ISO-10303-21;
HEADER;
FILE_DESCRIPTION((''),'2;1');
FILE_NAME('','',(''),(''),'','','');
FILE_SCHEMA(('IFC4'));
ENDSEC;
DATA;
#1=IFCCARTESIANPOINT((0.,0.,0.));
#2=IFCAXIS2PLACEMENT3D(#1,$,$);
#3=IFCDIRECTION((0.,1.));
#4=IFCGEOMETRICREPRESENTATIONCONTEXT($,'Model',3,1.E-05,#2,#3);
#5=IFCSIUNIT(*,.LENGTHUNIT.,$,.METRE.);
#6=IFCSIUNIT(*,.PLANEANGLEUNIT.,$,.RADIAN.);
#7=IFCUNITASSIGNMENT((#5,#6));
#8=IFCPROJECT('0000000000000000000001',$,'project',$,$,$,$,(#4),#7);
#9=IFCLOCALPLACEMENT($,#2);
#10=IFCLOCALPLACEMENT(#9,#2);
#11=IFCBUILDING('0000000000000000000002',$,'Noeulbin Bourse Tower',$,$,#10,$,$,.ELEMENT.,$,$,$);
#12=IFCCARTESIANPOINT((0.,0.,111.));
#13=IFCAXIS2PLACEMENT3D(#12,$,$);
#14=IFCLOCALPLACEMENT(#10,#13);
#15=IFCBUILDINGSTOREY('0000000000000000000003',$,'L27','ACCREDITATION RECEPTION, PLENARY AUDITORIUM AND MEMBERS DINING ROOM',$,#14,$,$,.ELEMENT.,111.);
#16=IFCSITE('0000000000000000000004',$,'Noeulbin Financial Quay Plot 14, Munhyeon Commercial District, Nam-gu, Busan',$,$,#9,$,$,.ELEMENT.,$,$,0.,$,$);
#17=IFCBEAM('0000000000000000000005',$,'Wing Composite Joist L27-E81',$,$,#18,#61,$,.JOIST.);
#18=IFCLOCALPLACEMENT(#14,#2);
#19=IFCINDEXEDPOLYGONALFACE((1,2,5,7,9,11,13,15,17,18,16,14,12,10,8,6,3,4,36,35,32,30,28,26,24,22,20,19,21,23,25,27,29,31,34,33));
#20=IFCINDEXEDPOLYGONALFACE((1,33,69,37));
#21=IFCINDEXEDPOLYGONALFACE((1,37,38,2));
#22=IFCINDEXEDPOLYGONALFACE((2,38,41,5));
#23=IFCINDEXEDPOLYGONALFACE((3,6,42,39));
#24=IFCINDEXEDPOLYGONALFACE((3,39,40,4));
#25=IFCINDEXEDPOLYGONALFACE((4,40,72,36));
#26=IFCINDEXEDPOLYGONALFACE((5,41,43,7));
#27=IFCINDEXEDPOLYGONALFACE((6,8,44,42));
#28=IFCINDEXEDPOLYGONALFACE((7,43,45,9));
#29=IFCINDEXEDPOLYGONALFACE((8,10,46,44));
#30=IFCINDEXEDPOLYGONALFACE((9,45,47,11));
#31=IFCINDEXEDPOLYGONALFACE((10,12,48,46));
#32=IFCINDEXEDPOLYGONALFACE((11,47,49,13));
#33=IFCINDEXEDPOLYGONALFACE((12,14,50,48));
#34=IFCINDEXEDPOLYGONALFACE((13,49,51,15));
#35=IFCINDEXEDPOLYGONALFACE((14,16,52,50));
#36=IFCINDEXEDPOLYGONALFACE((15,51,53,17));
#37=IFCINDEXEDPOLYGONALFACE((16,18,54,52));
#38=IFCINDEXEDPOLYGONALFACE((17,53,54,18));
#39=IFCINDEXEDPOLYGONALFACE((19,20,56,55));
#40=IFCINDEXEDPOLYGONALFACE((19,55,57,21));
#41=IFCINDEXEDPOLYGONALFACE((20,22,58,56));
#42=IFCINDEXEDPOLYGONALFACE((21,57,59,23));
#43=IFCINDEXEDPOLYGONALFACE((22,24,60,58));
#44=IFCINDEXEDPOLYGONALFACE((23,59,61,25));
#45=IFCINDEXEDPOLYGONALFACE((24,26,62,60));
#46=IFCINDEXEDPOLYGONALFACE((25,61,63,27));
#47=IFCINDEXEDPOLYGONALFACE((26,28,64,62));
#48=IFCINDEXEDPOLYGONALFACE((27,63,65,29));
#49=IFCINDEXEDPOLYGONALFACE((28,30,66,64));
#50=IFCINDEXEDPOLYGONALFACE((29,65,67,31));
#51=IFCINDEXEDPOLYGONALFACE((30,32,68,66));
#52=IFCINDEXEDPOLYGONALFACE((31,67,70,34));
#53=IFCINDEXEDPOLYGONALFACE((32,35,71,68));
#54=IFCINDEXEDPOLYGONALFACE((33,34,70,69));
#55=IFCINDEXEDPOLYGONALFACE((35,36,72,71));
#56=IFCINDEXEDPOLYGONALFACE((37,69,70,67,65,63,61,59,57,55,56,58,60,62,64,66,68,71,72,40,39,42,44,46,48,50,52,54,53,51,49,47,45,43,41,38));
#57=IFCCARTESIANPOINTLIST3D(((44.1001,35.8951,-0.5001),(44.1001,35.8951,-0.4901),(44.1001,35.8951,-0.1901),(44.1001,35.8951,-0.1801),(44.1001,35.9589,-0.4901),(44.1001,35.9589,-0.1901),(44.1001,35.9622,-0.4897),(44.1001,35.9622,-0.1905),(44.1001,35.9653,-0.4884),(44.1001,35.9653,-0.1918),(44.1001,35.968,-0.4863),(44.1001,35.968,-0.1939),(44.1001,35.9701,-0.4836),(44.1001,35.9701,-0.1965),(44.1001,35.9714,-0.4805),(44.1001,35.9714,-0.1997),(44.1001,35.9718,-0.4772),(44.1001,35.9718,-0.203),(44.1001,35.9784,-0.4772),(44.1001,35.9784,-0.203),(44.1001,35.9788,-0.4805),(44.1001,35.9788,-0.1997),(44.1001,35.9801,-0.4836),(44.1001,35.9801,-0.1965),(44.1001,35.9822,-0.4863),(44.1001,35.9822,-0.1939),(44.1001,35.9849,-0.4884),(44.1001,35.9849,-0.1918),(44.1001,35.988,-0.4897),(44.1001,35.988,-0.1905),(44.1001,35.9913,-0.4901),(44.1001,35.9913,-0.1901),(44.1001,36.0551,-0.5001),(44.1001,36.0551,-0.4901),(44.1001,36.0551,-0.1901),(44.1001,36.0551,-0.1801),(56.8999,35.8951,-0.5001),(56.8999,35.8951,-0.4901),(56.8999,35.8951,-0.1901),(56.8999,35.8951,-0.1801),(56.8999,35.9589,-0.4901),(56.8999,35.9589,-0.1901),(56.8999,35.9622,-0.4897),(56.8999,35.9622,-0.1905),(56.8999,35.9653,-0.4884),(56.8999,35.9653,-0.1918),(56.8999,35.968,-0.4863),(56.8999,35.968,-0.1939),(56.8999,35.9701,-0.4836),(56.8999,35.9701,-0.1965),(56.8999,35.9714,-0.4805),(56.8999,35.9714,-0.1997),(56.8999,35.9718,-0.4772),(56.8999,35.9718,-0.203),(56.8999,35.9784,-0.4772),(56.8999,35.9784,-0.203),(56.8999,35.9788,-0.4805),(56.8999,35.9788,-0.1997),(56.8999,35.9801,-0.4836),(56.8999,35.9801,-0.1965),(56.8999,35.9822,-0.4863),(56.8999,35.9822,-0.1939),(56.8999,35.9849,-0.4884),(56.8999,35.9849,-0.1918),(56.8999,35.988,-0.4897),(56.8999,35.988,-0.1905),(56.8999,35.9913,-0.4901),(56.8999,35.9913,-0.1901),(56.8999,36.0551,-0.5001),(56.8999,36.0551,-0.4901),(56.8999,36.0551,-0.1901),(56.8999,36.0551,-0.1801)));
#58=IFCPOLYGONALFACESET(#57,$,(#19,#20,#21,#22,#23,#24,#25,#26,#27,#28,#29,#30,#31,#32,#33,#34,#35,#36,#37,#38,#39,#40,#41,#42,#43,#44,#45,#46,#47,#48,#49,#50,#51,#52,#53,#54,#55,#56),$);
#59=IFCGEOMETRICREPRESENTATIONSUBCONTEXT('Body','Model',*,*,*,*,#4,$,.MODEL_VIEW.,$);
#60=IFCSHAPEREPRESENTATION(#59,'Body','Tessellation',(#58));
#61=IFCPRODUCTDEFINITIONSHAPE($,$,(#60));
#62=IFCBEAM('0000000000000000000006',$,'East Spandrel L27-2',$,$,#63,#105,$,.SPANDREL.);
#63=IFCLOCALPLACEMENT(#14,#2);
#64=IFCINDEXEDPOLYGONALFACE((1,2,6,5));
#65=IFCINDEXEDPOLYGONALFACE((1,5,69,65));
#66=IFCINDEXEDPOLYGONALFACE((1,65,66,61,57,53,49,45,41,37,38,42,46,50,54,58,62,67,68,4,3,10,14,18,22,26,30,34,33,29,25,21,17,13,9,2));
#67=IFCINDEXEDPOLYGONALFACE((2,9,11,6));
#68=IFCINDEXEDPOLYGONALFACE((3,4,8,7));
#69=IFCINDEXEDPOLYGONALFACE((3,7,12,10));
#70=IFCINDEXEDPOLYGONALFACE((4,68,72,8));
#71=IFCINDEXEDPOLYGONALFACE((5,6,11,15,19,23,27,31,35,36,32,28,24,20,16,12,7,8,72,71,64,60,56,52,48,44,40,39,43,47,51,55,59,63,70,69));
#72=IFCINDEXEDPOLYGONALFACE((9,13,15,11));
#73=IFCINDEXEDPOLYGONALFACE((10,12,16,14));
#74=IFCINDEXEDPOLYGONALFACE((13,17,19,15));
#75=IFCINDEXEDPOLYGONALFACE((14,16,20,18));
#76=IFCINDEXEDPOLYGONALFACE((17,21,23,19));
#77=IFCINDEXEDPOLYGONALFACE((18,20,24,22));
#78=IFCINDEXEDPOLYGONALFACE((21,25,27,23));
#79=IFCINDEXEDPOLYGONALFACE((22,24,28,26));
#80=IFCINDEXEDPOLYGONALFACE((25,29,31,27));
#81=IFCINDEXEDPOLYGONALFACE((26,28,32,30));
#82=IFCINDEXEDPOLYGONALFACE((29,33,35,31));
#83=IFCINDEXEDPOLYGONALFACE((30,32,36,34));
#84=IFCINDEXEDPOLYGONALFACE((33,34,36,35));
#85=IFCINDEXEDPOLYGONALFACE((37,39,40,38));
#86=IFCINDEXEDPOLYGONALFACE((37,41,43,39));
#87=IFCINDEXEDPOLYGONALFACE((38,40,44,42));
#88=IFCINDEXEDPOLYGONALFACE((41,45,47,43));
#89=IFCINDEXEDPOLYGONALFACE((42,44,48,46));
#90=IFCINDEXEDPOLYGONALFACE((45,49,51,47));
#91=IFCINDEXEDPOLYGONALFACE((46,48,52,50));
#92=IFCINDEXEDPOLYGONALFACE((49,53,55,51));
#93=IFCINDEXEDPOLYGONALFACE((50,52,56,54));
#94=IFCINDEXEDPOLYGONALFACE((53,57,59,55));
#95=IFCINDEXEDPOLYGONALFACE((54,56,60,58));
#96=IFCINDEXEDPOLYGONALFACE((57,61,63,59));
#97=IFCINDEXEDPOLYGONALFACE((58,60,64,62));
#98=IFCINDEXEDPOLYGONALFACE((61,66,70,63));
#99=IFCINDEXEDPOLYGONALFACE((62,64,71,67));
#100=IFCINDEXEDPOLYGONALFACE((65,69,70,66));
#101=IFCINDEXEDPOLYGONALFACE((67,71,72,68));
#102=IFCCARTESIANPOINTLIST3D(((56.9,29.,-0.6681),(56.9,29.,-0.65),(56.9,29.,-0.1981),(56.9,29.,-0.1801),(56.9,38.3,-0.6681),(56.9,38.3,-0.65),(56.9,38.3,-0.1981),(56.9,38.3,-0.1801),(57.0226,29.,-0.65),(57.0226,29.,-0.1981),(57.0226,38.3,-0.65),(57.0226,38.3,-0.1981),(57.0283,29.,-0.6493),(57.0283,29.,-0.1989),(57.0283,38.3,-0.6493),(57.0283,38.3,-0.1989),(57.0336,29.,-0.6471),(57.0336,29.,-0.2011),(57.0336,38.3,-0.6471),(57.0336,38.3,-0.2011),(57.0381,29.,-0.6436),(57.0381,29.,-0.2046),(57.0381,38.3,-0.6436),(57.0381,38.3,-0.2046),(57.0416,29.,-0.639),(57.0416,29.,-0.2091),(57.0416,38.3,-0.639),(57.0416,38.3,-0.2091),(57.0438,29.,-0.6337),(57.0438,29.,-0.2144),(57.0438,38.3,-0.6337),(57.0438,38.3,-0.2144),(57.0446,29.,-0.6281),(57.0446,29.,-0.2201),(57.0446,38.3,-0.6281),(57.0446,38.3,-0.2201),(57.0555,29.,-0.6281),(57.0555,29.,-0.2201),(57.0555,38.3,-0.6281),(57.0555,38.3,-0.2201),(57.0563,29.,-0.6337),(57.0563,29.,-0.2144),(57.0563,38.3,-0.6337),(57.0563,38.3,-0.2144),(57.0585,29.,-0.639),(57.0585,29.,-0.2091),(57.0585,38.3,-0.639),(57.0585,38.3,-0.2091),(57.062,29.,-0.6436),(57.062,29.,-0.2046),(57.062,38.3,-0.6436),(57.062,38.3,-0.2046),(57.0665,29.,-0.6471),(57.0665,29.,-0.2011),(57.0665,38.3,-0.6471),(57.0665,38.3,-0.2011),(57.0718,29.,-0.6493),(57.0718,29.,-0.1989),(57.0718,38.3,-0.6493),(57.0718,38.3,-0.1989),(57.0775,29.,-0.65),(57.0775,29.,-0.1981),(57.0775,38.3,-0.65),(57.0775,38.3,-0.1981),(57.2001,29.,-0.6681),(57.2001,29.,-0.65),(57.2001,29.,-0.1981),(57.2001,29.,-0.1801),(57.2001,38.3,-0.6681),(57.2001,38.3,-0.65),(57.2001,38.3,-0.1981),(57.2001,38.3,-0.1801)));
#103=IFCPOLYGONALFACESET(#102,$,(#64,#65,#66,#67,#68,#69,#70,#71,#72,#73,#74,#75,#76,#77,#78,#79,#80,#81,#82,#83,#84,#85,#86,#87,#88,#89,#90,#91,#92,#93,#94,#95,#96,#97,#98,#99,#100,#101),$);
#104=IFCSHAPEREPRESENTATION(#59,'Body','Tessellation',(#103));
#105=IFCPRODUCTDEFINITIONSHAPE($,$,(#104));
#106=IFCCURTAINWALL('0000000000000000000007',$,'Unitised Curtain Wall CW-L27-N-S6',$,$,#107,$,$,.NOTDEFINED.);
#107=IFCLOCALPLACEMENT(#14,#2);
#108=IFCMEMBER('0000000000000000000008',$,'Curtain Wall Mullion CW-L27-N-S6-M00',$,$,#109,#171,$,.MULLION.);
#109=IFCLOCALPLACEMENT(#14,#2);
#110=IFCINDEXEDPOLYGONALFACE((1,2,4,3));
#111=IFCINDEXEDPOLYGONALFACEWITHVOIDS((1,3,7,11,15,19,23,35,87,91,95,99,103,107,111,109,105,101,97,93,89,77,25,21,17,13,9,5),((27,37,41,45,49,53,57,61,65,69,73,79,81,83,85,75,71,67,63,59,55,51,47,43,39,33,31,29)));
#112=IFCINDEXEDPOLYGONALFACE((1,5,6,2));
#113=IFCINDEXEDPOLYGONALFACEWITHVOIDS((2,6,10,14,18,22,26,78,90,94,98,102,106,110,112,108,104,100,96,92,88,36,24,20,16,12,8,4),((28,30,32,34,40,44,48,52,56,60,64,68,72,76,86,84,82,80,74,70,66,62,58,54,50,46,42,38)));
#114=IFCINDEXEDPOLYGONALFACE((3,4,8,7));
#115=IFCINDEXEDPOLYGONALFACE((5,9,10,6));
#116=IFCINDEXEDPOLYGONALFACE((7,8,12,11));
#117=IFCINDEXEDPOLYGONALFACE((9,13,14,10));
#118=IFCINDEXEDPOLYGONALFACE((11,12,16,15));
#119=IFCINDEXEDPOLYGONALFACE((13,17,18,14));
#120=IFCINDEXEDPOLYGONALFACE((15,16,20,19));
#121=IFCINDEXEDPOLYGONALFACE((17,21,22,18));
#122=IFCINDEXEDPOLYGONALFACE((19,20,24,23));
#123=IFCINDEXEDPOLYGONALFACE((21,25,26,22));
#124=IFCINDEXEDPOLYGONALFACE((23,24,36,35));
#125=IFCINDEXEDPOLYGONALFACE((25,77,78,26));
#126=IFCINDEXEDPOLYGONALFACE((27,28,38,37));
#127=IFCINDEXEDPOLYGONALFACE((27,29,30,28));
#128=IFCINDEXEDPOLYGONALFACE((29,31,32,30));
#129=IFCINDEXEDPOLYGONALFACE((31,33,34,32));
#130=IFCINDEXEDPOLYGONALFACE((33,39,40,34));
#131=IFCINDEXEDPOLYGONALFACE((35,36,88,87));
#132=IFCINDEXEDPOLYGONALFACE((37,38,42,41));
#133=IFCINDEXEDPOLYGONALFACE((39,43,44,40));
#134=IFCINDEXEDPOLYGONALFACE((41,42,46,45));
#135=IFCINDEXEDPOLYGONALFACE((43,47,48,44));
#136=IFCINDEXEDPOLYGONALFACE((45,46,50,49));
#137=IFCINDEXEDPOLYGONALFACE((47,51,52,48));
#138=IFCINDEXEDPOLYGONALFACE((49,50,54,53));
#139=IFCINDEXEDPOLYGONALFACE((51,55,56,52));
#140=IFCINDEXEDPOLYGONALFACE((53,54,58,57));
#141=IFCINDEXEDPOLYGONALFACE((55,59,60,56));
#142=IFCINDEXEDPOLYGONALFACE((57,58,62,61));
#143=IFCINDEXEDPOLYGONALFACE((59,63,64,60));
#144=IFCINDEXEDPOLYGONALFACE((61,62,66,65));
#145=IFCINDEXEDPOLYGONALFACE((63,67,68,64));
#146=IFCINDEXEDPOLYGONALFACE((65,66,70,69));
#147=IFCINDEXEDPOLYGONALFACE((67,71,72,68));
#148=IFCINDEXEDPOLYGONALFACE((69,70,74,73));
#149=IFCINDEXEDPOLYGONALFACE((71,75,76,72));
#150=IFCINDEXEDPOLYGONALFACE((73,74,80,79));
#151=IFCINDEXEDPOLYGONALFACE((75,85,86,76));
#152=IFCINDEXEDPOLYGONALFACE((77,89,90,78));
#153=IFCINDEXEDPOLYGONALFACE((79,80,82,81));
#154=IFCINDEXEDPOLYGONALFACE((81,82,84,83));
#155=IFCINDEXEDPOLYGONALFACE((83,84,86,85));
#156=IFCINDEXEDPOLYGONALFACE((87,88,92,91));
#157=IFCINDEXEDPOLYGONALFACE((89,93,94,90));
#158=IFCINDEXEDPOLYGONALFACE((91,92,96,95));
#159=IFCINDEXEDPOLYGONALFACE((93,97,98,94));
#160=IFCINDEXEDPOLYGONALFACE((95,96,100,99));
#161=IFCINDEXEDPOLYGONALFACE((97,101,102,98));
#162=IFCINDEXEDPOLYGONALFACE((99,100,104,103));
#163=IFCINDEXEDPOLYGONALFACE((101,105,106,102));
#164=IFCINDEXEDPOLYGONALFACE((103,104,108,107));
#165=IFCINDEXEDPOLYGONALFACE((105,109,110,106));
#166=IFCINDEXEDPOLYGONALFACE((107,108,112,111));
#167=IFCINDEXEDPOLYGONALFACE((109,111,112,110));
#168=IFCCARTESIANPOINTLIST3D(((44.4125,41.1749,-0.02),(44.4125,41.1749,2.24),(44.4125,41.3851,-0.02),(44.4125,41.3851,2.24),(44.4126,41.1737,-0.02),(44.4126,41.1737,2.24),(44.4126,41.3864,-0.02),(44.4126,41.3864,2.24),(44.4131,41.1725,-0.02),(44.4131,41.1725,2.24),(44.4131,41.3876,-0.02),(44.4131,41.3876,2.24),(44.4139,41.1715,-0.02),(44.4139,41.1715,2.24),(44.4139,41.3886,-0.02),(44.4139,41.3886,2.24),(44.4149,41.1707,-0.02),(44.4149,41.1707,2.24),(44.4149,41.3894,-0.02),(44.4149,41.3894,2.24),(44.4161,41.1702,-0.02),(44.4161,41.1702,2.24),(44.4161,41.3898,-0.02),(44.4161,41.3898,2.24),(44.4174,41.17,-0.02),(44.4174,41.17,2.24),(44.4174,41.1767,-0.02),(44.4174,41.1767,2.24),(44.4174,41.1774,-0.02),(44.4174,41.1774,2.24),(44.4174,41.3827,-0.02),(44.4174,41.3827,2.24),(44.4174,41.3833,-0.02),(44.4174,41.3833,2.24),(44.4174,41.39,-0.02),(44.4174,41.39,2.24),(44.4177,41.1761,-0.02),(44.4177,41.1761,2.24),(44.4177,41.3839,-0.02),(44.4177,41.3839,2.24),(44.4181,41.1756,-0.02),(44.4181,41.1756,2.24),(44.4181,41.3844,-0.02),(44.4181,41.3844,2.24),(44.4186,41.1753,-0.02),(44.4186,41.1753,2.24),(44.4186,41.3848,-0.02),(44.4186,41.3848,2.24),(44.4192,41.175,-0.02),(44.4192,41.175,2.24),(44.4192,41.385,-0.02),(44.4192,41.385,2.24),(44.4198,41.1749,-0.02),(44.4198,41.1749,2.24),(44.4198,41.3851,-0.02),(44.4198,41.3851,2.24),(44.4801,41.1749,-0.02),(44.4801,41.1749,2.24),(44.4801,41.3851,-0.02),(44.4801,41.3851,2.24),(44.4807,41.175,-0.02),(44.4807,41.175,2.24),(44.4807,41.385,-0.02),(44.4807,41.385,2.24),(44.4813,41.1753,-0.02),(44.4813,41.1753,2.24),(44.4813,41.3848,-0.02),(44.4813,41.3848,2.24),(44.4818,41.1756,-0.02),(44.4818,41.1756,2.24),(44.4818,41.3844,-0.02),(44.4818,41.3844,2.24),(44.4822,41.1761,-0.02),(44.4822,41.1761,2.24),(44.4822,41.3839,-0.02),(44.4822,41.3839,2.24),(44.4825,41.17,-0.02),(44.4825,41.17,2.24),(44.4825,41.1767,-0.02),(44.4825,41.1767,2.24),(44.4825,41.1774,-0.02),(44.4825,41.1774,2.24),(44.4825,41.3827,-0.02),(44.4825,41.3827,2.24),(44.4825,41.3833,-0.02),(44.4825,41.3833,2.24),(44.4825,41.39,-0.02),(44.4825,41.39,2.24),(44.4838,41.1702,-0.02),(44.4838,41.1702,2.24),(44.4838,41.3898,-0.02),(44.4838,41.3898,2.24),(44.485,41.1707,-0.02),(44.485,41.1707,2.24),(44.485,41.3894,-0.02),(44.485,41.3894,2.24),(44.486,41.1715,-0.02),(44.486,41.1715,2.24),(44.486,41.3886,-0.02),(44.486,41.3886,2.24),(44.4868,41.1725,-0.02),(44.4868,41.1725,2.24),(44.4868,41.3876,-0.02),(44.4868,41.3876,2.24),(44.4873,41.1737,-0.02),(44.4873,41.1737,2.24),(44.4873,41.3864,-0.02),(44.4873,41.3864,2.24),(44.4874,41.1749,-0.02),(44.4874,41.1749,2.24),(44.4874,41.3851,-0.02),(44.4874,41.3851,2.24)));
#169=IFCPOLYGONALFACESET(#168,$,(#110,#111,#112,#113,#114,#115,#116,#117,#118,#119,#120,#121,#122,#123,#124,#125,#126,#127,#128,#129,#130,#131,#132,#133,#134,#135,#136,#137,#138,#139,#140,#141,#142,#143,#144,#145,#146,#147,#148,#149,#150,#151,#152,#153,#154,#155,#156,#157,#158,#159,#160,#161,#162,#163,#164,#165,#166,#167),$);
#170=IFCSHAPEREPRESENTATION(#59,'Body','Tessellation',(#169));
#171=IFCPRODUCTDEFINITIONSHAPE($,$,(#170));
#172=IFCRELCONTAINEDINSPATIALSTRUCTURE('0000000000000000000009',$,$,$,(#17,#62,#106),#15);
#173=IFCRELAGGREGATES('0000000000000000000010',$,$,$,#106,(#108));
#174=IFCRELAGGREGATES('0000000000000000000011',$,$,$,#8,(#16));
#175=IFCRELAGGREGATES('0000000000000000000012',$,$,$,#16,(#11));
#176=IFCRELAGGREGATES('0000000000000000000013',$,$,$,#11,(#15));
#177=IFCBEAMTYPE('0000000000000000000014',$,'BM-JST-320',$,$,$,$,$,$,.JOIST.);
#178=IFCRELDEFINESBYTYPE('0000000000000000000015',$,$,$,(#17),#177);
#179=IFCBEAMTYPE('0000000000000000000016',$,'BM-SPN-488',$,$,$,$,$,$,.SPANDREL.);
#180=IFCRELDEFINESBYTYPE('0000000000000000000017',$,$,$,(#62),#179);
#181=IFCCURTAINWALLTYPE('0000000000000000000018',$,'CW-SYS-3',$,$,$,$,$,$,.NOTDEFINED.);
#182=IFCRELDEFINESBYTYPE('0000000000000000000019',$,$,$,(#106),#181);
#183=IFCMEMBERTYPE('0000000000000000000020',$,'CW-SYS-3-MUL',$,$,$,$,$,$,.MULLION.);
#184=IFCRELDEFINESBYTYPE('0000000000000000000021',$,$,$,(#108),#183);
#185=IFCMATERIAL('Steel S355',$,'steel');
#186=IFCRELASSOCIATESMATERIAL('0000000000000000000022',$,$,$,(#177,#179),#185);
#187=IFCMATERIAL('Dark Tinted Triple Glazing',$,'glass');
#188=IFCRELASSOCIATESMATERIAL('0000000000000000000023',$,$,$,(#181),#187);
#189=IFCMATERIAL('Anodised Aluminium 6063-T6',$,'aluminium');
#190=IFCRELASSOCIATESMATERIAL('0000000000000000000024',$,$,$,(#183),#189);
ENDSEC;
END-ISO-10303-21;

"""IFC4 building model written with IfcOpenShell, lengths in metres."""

from ifc_helpers import new_model, si_unit, direction, frame, origin, origin_2d, place, context, subcontext, project, spatial, hollow_rectangle, i_section, extrude, material, material_profile, profile_set, type_object, element, aggregate, save


model = new_model("IFC4")

# Units and contexts
model_context = context("Model", 3, precision=1e-05, world=origin(), true_north=direction((0.0, 1.0)))
body_context = subcontext(model_context, "Body", "Model", "MODEL_VIEW")
ifc_project = project(units=[si_unit("LENGTHUNIT", "METRE"), si_unit("PLANEANGLEUNIT", "RADIAN")], contexts=[model_context])

# Site, building, storey
site_placement = place(None, origin())
site = spatial("IfcSite", under=ifc_project, at=site_placement, Name="Noeulbin Financial Quay Plot 14, Munhyeon Commercial District, Nam-gu, Busan", CompositionType="ELEMENT", RefElevation=0.0)
building_placement = place(site_placement, origin())
building = spatial("IfcBuilding", under=site, at=building_placement, Name="Noeulbin Bourse Tower", CompositionType="ELEMENT")
storey_placement = place(building_placement, frame((0.0, 0.0, 111.0)))
storey = spatial("IfcBuildingStorey", under=building, at=storey_placement, Name="L27", Description="ACCREDITATION RECEPTION, PLENARY AUDITORIUM AND MEMBERS DINING ROOM", CompositionType="ELEMENT", Elevation=111.0)

# Shared definitions
ifc_material_1 = material(Name="Steel S355", Category="steel")

# Beams
ifc_material_profile_1 = material_profile(ifc_material_1, i_section(OverallWidth=0.1599, OverallDepth=0.3201, WebThickness=0.0066, FlangeThickness=0.01, FilletRadius=0.0129, at=origin_2d()), Name="H-320x160x6.5x10", Category="LoadBearing")
ifc_profile_set_1 = profile_set([ifc_material_profile_1], Name="Steel S355")
beam_type_1 = type_object("IfcBeamType", Name="BM-JST-320", PredefinedType="JOIST", material=ifc_profile_set_1)
for number, where, z_axis, x_axis, name in (
    (1, (44.1001, 35.9751, -0.3401), (1.0, 0.0, 0.0), (0.0, 1.0, 0.0), "Wing Composite Joist L27-E81"),
):
    element("IfcBeam", number, at=place(storey_placement, frame(where, z_axis=z_axis, x_axis=x_axis)), inside=storey, type_object=beam_type_1, Name=name, PredefinedType="JOIST", context=body_context, shape_type="SweptSolid", body=[
        extrude(i_section(OverallWidth=0.1599, OverallDepth=0.3201, WebThickness=0.0066, FlangeThickness=0.01, FilletRadius=0.0129, at=origin_2d()), origin(), (0.0, 0.0, 1.0), 12.7998),
    ])
ifc_material_profile_2 = material_profile(ifc_material_1, i_section(OverallWidth=0.3, OverallDepth=0.488, WebThickness=0.011, FlangeThickness=0.0181, FilletRadius=0.022, at=origin_2d()), Name="H-488x300x11x18", Category="LoadBearing")
ifc_profile_set_2 = profile_set([ifc_material_profile_2], Name="Steel S355")
beam_type_2 = type_object("IfcBeamType", Name="BM-SPN-488", PredefinedType="SPANDREL", material=ifc_profile_set_2)
beam_placement = place(storey_placement, frame((57.05, 29.0, -0.4241), z_axis=(0.0, 1.0, 0.0), x_axis=(-1.0, 0.0, 0.0)))
element("IfcBeam", 2, at=beam_placement, inside=storey, type_object=beam_type_2, Name="East Spandrel L27-2", PredefinedType="SPANDREL", context=body_context, shape_type="SweptSolid", body=[
    extrude(i_section(OverallWidth=0.3, OverallDepth=0.488, WebThickness=0.011, FlangeThickness=0.0181, FilletRadius=0.022, at=origin_2d()), origin(), (0.0, 0.0, 1.0), 9.3),
])

# Curtain wall, member
ifc_material_2 = material(Name="Dark Tinted Triple Glazing", Category="glass")
curtain_wall_type = type_object("IfcCurtainWallType", Name="CW-SYS-3", PredefinedType="NOTDEFINED", material=ifc_material_2)
curtain_wall_1_placement = place(storey_placement, origin())
curtain_wall_1 = element("IfcCurtainWall", 3, at=curtain_wall_1_placement, inside=storey, type_object=curtain_wall_type, Name="Unitised Curtain Wall CW-L27-N-S6", PredefinedType="NOTDEFINED")
ifc_material_3 = material(Name="Anodised Aluminium 6063-T6", Category="aluminium")
ifc_material_profile_3 = material_profile(ifc_material_3, hollow_rectangle(XDim=0.075, YDim=0.22, WallThickness=0.0049, InnerFilletRadius=0.0024, OuterFilletRadius=0.0049, at=origin_2d()), Name="ALU-MULL-75x220x5", Category="LoadBearing")
ifc_profile_set_3 = profile_set([ifc_material_profile_3], Name="Anodised Aluminium 6063-T6")
member_type_1 = type_object("IfcMemberType", Name="CW-SYS-3-MUL", PredefinedType="MULLION", material=ifc_profile_set_3)
member_1_placement = place(storey_placement, frame((44.45, 41.28, -0.02), z_axis=(0.0, 0.0, 1.0), x_axis=(1.0, 0.0, 0.0)))
member_1 = element("IfcMember", 4, at=member_1_placement, type_object=member_type_1, Name="Curtain Wall Mullion CW-L27-N-S6-M00", PredefinedType="MULLION", context=body_context, shape_type="SweptSolid", body=[
    extrude(hollow_rectangle(XDim=0.075, YDim=0.22, WallThickness=0.0049, InnerFilletRadius=0.0024, OuterFilletRadius=0.0049, at=origin_2d()), origin(), (0.0, 0.0, 1.0), 2.26),
])

aggregate(curtain_wall_1, [member_1])

save(model, "model.ifc")
